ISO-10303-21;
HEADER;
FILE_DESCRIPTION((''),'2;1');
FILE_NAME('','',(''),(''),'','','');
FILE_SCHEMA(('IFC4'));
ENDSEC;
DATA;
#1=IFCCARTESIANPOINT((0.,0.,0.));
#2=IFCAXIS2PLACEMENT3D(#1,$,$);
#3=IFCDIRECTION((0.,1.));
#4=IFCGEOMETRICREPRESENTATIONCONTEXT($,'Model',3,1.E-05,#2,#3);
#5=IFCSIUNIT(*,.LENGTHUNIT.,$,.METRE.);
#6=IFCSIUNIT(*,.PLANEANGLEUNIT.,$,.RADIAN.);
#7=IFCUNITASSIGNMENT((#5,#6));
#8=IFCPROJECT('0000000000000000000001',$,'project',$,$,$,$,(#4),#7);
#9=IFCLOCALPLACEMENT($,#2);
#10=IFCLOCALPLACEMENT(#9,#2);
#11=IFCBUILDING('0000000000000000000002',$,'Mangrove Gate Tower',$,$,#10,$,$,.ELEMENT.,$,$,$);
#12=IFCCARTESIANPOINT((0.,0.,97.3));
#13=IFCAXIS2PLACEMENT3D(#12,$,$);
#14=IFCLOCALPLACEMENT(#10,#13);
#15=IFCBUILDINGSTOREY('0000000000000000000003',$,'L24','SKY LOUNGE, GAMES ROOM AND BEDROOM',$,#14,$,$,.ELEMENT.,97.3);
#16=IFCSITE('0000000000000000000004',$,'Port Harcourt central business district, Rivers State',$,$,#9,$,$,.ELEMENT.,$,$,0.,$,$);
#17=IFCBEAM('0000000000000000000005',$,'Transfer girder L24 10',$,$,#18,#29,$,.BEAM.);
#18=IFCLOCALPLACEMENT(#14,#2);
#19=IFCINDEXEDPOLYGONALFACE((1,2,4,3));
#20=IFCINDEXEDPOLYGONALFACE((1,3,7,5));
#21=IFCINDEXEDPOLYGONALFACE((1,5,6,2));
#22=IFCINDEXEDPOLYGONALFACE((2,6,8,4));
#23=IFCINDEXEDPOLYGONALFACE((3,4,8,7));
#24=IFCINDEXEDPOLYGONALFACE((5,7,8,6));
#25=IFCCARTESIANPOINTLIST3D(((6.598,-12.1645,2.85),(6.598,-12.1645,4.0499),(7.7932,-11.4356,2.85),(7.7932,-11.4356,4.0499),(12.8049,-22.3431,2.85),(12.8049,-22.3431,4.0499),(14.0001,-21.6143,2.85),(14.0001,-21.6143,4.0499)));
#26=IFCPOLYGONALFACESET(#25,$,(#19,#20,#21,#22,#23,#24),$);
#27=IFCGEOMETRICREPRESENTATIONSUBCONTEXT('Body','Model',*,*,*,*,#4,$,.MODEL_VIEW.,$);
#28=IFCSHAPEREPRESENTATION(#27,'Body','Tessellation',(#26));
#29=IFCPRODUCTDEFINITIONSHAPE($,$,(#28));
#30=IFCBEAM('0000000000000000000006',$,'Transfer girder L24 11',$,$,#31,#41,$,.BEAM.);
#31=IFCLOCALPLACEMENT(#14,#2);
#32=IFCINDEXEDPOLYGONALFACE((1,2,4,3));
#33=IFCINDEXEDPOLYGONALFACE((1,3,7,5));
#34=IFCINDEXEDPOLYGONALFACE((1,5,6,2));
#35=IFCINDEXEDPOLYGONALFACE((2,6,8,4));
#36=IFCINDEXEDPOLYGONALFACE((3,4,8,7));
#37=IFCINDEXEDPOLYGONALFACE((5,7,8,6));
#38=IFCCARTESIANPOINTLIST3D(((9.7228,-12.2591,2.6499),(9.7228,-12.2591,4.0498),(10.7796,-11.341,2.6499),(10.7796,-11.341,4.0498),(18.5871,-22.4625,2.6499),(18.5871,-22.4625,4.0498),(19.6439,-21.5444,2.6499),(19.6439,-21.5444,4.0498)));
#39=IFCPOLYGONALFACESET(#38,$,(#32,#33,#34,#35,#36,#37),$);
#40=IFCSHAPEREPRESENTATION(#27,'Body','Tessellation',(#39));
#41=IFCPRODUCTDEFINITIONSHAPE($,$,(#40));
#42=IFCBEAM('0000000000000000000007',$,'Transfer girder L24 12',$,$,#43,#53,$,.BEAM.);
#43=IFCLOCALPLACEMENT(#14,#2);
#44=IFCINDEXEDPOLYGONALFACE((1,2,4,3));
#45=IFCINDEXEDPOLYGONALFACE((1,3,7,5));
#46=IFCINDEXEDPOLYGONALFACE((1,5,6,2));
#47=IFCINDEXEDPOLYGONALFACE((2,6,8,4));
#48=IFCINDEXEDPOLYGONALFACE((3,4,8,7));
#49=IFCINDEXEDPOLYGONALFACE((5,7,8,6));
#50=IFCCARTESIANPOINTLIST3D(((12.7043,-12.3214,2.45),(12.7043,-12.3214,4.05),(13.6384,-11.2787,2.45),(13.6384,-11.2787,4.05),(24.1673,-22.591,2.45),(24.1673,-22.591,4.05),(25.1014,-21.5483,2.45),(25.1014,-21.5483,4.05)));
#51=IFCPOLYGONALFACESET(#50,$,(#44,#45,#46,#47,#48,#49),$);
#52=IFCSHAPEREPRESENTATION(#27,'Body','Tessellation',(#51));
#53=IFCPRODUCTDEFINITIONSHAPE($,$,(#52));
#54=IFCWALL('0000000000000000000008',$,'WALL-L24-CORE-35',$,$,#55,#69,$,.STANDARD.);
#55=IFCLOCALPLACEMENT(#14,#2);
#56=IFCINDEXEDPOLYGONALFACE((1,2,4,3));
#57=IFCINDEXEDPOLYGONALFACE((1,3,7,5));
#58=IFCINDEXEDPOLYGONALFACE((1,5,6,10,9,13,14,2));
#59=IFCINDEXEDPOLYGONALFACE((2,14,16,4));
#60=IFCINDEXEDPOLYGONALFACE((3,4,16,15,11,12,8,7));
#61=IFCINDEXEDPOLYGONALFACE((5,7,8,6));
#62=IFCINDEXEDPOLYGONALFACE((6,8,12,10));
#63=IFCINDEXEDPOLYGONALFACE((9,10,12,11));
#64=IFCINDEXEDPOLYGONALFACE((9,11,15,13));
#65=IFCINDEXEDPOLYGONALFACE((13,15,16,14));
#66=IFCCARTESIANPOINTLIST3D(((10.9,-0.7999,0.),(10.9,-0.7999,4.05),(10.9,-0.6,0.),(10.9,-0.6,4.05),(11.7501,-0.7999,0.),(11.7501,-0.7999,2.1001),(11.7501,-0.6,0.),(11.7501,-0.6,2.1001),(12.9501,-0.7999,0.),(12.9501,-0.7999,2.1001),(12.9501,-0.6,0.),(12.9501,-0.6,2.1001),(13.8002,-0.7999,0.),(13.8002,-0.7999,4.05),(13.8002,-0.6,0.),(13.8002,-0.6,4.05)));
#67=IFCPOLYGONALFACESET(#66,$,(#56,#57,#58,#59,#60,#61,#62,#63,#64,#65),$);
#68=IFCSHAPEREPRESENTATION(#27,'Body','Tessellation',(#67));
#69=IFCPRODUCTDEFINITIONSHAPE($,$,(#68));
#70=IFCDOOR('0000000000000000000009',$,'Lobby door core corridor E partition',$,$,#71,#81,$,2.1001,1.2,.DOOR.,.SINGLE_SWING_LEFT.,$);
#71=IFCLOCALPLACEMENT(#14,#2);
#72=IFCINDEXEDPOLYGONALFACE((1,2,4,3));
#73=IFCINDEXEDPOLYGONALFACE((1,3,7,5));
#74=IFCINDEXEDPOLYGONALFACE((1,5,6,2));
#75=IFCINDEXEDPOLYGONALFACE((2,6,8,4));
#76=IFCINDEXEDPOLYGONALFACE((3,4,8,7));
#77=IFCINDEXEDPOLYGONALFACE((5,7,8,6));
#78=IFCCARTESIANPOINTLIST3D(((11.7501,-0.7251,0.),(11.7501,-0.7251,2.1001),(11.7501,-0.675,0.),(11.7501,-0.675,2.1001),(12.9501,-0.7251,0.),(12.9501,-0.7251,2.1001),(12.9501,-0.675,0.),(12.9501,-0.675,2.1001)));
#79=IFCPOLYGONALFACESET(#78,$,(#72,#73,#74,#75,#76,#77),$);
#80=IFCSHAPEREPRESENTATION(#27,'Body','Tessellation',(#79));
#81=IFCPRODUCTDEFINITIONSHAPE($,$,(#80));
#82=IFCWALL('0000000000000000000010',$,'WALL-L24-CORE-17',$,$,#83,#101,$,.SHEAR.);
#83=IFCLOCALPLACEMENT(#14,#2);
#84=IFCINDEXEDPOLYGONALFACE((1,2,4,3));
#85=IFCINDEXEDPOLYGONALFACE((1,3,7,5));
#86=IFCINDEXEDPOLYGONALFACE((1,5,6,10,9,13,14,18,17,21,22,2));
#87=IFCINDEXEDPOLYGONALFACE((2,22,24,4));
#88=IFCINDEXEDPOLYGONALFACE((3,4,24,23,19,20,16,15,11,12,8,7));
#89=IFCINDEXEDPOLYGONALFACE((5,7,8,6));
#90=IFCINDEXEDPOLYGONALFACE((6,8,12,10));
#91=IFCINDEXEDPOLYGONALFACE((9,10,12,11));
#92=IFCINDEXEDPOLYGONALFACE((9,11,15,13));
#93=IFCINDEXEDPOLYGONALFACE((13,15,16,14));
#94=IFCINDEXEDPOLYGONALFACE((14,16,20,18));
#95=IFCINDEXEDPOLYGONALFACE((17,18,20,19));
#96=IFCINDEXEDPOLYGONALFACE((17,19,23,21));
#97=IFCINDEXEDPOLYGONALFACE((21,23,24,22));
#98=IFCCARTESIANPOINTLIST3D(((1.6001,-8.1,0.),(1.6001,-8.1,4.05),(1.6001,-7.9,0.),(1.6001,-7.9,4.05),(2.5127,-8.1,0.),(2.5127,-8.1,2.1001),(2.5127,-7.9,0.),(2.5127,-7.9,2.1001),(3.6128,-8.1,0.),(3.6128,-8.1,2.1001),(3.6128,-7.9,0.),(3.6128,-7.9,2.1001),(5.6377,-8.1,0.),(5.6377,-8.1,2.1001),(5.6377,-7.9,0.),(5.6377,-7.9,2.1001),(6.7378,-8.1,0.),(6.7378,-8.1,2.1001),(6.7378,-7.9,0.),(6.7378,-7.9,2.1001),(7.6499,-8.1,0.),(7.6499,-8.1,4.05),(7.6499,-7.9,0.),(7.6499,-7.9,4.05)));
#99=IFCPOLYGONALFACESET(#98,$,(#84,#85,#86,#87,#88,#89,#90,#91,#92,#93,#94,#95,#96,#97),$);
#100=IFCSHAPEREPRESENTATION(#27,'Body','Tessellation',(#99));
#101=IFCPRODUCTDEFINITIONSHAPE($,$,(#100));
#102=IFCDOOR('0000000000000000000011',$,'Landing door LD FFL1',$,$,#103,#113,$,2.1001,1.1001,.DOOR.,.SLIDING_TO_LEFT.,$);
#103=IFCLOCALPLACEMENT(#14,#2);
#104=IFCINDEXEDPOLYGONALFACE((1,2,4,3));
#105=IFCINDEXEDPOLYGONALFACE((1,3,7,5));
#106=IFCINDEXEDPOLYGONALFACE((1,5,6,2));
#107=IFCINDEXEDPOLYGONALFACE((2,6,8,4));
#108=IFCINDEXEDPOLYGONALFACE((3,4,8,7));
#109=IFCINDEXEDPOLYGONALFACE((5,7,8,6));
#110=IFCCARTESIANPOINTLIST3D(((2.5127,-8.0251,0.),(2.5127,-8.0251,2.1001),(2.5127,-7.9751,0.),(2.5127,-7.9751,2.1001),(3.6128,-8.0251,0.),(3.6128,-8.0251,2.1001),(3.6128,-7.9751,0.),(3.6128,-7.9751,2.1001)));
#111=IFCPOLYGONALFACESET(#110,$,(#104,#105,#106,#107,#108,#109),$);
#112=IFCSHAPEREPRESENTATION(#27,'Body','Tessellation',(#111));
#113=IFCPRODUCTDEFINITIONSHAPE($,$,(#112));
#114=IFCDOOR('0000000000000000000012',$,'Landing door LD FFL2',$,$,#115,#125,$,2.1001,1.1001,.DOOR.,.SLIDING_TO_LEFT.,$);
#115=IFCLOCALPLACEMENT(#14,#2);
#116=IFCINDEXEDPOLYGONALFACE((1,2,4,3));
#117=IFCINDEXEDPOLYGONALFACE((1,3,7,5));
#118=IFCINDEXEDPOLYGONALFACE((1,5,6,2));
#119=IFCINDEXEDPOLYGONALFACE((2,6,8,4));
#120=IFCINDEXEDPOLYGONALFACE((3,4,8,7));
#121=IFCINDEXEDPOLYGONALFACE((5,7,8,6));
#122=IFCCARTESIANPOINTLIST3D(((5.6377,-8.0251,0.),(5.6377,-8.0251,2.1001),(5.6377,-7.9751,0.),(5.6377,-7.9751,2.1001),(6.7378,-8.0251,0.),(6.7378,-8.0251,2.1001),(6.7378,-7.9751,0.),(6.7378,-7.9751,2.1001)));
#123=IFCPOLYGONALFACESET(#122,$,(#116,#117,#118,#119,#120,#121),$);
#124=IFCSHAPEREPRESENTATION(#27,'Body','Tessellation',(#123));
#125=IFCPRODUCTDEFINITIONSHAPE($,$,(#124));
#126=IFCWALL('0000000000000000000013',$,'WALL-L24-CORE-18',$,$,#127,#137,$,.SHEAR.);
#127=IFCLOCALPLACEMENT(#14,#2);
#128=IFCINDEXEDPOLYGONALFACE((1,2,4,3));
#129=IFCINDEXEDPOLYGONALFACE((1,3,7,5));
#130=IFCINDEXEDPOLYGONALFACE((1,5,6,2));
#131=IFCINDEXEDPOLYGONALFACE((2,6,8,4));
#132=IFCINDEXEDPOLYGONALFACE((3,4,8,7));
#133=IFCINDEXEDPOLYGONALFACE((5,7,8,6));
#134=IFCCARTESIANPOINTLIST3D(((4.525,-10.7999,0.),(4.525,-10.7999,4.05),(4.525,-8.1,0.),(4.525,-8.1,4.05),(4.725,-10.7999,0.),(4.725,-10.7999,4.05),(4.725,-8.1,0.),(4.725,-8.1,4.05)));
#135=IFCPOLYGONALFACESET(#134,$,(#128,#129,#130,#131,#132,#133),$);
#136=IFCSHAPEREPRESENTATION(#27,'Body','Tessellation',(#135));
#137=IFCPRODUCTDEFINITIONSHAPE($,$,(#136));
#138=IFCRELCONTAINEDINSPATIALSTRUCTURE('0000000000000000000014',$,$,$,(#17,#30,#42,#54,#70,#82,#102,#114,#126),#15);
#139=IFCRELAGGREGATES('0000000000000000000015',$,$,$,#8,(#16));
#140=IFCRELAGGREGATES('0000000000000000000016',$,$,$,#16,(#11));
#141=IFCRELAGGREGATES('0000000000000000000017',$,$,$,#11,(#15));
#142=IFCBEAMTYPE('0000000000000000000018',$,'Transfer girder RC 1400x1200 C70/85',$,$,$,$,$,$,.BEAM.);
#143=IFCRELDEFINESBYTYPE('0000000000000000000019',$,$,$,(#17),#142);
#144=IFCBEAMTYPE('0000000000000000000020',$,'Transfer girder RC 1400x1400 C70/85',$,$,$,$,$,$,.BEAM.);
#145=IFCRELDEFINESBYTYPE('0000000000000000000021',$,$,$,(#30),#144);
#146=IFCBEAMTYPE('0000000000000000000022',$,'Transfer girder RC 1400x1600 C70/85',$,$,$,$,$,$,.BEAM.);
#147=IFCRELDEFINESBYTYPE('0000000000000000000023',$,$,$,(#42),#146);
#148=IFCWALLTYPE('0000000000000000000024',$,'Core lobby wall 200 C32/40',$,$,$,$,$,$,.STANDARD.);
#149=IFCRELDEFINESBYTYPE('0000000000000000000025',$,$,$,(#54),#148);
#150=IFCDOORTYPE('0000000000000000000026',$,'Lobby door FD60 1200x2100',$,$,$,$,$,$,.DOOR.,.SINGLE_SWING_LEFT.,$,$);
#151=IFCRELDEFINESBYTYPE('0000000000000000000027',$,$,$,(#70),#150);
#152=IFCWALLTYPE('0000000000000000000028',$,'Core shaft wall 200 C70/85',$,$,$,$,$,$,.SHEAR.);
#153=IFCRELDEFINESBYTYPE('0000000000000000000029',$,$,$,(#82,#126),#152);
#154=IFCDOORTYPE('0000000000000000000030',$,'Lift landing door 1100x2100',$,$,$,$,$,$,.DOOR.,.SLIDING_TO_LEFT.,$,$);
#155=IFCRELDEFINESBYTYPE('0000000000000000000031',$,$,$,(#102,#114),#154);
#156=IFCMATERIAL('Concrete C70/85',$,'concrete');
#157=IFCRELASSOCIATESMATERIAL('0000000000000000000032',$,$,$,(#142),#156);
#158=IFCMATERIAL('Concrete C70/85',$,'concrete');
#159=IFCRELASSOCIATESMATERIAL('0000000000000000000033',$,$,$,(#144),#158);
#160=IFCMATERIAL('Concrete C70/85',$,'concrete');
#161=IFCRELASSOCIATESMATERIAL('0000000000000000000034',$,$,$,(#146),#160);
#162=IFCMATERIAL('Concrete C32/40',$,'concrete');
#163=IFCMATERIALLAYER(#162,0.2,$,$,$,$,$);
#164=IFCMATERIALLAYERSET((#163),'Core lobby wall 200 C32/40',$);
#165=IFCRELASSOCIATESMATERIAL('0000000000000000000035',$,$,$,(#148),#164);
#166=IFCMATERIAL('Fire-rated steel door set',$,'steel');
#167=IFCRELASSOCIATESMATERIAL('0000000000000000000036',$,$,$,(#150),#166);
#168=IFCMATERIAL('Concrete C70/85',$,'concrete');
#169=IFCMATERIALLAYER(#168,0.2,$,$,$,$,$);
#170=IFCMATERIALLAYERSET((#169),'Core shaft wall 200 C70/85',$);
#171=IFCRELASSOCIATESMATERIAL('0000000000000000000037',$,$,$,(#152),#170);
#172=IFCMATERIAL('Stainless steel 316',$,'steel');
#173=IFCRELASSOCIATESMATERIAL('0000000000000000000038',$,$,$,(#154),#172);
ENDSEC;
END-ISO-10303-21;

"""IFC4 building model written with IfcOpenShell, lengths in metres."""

from ifc_helpers import new_model, si_unit, direction, frame, frame_2d, origin, origin_2d, place, context, subcontext, project, spatial, rectangle, extrude, material, layer, layer_set, material_profile, profile_set, type_object, element, fill, save


model = new_model("IFC4")

# Units and contexts
model_context = context("Model", 3, precision=1e-05, world=origin(), true_north=direction((0.0, 1.0)))
body_context = subcontext(model_context, "Body", "Model", "MODEL_VIEW")
ifc_project = project(units=[si_unit("LENGTHUNIT", "METRE"), si_unit("PLANEANGLEUNIT", "RADIAN")], contexts=[model_context])

# Site, building, storey
site_placement = place(None, origin())
site = spatial("IfcSite", under=ifc_project, at=site_placement, Name="Port Harcourt central business district, Rivers State", CompositionType="ELEMENT", RefElevation=0.0)
building_placement = place(site_placement, origin())
building = spatial("IfcBuilding", under=site, at=building_placement, Name="Mangrove Gate Tower", CompositionType="ELEMENT")
storey_placement = place(building_placement, frame((0.0, 0.0, 97.3)))
storey = spatial("IfcBuildingStorey", under=building, at=storey_placement, Name="L24", Description="SKY LOUNGE, GAMES ROOM AND BEDROOM", CompositionType="ELEMENT", Elevation=97.3)

# Beams
ifc_material_1 = material(Name="Concrete C70/85", Category="concrete")
ifc_material_profile_1 = material_profile(ifc_material_1, rectangle(XDim=1.3999, YDim=1.2, at=origin_2d()))
ifc_profile_set_1 = profile_set([ifc_material_profile_1], Name="Concrete C70/85")
beam_type_1 = type_object("IfcBeamType", Name="Transfer girder RC 1400x1200 C70/85", PredefinedType="BEAM", material=ifc_profile_set_1)
beam_1_placement = place(storey_placement, frame((7.1956, -11.8, 3.45), z_axis=(0.520638, -0.853778, 0.0), x_axis=(0.853778, 0.520638, 0.0)))
element("IfcBeam", 1, at=beam_1_placement, inside=storey, type_object=beam_type_1, Name="Transfer girder L24 10", PredefinedType="BEAM", context=body_context, shape_type="SweptSolid", body=[
    extrude(rectangle(XDim=1.3999, YDim=1.2, at=origin_2d()), origin(), (0.0, 0.0, 1.0), 11.9219),
])
ifc_material_2 = material(Name="Concrete C70/85", Category="concrete")
ifc_material_profile_2 = material_profile(ifc_material_2, rectangle(XDim=1.3999, YDim=1.3999, at=origin_2d()))
ifc_profile_set_2 = profile_set([ifc_material_profile_2], Name="Concrete C70/85")
beam_type_2 = type_object("IfcBeamType", Name="Transfer girder RC 1400x1400 C70/85", PredefinedType="BEAM", material=ifc_profile_set_2)
beam_2_placement = place(storey_placement, frame((10.2512, -11.8, 3.3499), z_axis=(0.655832, -0.754907, 0.0), x_axis=(0.754907, 0.655832, 0.0)))
element("IfcBeam", 2, at=beam_2_placement, inside=storey, type_object=beam_type_2, Name="Transfer girder L24 11", PredefinedType="BEAM", context=body_context, shape_type="SweptSolid", body=[
    extrude(rectangle(XDim=1.3999, YDim=1.3999, at=origin_2d()), origin(), (0.0, 0.0, 1.0), 13.5161),
])
ifc_material_3 = material(Name="Concrete C70/85", Category="concrete")
ifc_material_profile_3 = material_profile(ifc_material_3, rectangle(XDim=1.3999, YDim=1.6001, at=origin_2d()))
ifc_profile_set_3 = profile_set([ifc_material_profile_3], Name="Concrete C70/85")
beam_type_3 = type_object("IfcBeamType", Name="Transfer girder RC 1400x1600 C70/85", PredefinedType="BEAM", material=ifc_profile_set_3)
beam_3_placement = place(storey_placement, frame((13.1714, -11.8, 3.25), z_axis=(0.744813, -0.667273, 0.0), x_axis=(0.667273, 0.744813, 0.0)))
element("IfcBeam", 3, at=beam_3_placement, inside=storey, type_object=beam_type_3, Name="Transfer girder L24 12", PredefinedType="BEAM", context=body_context, shape_type="SweptSolid", body=[
    extrude(rectangle(XDim=1.3999, YDim=1.6001, at=origin_2d()), origin(), (0.0, 0.0, 1.0), 15.3904),
])

# Wall, opening, door
ifc_material_4 = material(Name="Concrete C32/40", Category="concrete")
ifc_layer_1 = layer(ifc_material_4, 0.2)
ifc_layer_set_1 = layer_set([ifc_layer_1], Name="Core lobby wall 200 C32/40")
wall_type_1 = type_object("IfcWallType", Name="Core lobby wall 200 C32/40", PredefinedType="STANDARD", material=ifc_layer_set_1)
wall_1_placement = place(storey_placement, frame((10.8999, -0.7, 0.0), z_axis=(0.0, 0.0, 1.0), x_axis=(1.0, 0.0, 0.0)))
wall_1 = element("IfcWall", 4, at=wall_1_placement, inside=storey, type_object=wall_type_1, Name="WALL-L24-CORE-35", PredefinedType="STANDARD", context=body_context, shape_type="SweptSolid", body=[
    extrude(rectangle(XDim=2.9001, YDim=0.2, at=frame_2d((1.4502, 0.0))), origin(), (0.0, 0.0, 1.0), 4.05),
])
opening_1_placement = place(wall_1_placement, frame((0.8501, 0.0, 0.0)))
opening_1 = element("IfcOpeningElement", 5, at=opening_1_placement, cuts=wall_1, PredefinedType="OPENING", context=body_context, shape_type="SweptSolid", body=[
    extrude(rectangle(XDim=1.2, YDim=2.1001, at=frame_2d((0.6001, 1.05))), frame((0.0, 0.1099, 0.0), z_axis=(0.0, -1.0, 0.0), x_axis=(1.0, 0.0, 0.0)), (0.0, 0.0, 1.0), 0.22),
])
ifc_material_5 = material(Name="Fire-rated steel door set", Category="steel")
door_type_1 = type_object("IfcDoorType", Name="Lobby door FD60 1200x2100", OperationType="SINGLE_SWING_LEFT", PredefinedType="DOOR", material=ifc_material_5)
door_1_placement = place(opening_1_placement, origin())
door_1 = element("IfcDoor", 6, at=door_1_placement, inside=storey, type_object=door_type_1, Name="Lobby door core corridor E partition", OperationType="SINGLE_SWING_LEFT", OverallHeight=2.1001, OverallWidth=1.2, PredefinedType="DOOR", context=body_context, shape_type="SweptSolid", body=[
    extrude(rectangle(XDim=1.2, YDim=2.1001, at=frame_2d((0.6001, 1.05))), frame((0.0, 0.0249, 0.0), z_axis=(0.0, -1.0, 0.0), x_axis=(1.0, 0.0, 0.0)), (0.0, 0.0, 1.0), 0.05),
])
fill(opening_1, door_1)

# Wall, openings, doors
ifc_material_6 = material(Name="Concrete C70/85", Category="concrete")
ifc_layer_2 = layer(ifc_material_6, 0.2)
ifc_layer_set_2 = layer_set([ifc_layer_2], Name="Core shaft wall 200 C70/85")
wall_type_2 = type_object("IfcWallType", Name="Core shaft wall 200 C70/85", PredefinedType="SHEAR", material=ifc_layer_set_2)
wall_2_placement = place(storey_placement, frame((1.6001, -8.0, 0.0), z_axis=(0.0, 0.0, 1.0), x_axis=(1.0, 0.0, 0.0)))
wall_2 = element("IfcWall", 7, at=wall_2_placement, inside=storey, type_object=wall_type_2, Name="WALL-L24-CORE-17", PredefinedType="SHEAR", context=body_context, shape_type="SweptSolid", body=[
    extrude(rectangle(XDim=6.0498, YDim=0.2, at=frame_2d((3.0249, 0.0))), origin(), (0.0, 0.0, 1.0), 4.05),
])
opening_2_placement = place(wall_2_placement, frame((0.9126, 0.0, 0.0)))
opening_2 = element("IfcOpeningElement", 8, at=opening_2_placement, cuts=wall_2, PredefinedType="OPENING", context=body_context, shape_type="SweptSolid", body=[
    extrude(rectangle(XDim=1.1001, YDim=2.1001, at=frame_2d((0.55, 1.05))), frame((0.0, 0.1099, 0.0), z_axis=(0.0, -1.0, 0.0), x_axis=(1.0, 0.0, 0.0)), (0.0, 0.0, 1.0), 0.22),
])
opening_3_placement = place(wall_2_placement, frame((4.0376, 0.0, 0.0)))
opening_3 = element("IfcOpeningElement", 9, at=opening_3_placement, cuts=wall_2, PredefinedType="OPENING", context=body_context, shape_type="SweptSolid", body=[
    extrude(rectangle(XDim=1.1001, YDim=2.1001, at=frame_2d((0.55, 1.05))), frame((0.0, 0.1099, 0.0), z_axis=(0.0, -1.0, 0.0), x_axis=(1.0, 0.0, 0.0)), (0.0, 0.0, 1.0), 0.22),
])
ifc_material_7 = material(Name="Stainless steel 316", Category="steel")
door_type_2 = type_object("IfcDoorType", Name="Lift landing door 1100x2100", OperationType="SLIDING_TO_LEFT", PredefinedType="DOOR", material=ifc_material_7)
door_2_placement = place(opening_2_placement, origin())
door_2 = element("IfcDoor", 10, at=door_2_placement, inside=storey, type_object=door_type_2, Name="Landing door LD FFL1", OperationType="SLIDING_TO_LEFT", OverallHeight=2.1001, OverallWidth=1.1001, PredefinedType="DOOR", context=body_context, shape_type="SweptSolid", body=[
    extrude(rectangle(XDim=1.1001, YDim=2.1001, at=frame_2d((0.55, 1.05))), frame((0.0, 0.0249, 0.0), z_axis=(0.0, -1.0, 0.0), x_axis=(1.0, 0.0, 0.0)), (0.0, 0.0, 1.0), 0.05),
])
fill(opening_2, door_2)
door_3_placement = place(opening_3_placement, origin())
door_3 = element("IfcDoor", 11, at=door_3_placement, inside=storey, type_object=door_type_2, Name="Landing door LD FFL2", OperationType="SLIDING_TO_LEFT", OverallHeight=2.1001, OverallWidth=1.1001, PredefinedType="DOOR", context=body_context, shape_type="SweptSolid", body=[
    extrude(rectangle(XDim=1.1001, YDim=2.1001, at=frame_2d((0.55, 1.05))), frame((0.0, 0.0249, 0.0), z_axis=(0.0, -1.0, 0.0), x_axis=(1.0, 0.0, 0.0)), (0.0, 0.0, 1.0), 0.05),
])
fill(opening_3, door_3)

# Wall
wall_3_placement = place(storey_placement, frame((4.625, -10.8, 0.0), z_axis=(0.0, 0.0, 1.0), x_axis=(0.0, 1.0, 0.0)))
element("IfcWall", 12, at=wall_3_placement, inside=storey, type_object=wall_type_2, Name="WALL-L24-CORE-18", PredefinedType="SHEAR", context=body_context, shape_type="SweptSolid", body=[
    extrude(rectangle(XDim=2.7, YDim=0.2, at=frame_2d((1.3501, 0.0))), origin(), (0.0, 0.0, 1.0), 4.05),
])

save(model, "model.ifc")
